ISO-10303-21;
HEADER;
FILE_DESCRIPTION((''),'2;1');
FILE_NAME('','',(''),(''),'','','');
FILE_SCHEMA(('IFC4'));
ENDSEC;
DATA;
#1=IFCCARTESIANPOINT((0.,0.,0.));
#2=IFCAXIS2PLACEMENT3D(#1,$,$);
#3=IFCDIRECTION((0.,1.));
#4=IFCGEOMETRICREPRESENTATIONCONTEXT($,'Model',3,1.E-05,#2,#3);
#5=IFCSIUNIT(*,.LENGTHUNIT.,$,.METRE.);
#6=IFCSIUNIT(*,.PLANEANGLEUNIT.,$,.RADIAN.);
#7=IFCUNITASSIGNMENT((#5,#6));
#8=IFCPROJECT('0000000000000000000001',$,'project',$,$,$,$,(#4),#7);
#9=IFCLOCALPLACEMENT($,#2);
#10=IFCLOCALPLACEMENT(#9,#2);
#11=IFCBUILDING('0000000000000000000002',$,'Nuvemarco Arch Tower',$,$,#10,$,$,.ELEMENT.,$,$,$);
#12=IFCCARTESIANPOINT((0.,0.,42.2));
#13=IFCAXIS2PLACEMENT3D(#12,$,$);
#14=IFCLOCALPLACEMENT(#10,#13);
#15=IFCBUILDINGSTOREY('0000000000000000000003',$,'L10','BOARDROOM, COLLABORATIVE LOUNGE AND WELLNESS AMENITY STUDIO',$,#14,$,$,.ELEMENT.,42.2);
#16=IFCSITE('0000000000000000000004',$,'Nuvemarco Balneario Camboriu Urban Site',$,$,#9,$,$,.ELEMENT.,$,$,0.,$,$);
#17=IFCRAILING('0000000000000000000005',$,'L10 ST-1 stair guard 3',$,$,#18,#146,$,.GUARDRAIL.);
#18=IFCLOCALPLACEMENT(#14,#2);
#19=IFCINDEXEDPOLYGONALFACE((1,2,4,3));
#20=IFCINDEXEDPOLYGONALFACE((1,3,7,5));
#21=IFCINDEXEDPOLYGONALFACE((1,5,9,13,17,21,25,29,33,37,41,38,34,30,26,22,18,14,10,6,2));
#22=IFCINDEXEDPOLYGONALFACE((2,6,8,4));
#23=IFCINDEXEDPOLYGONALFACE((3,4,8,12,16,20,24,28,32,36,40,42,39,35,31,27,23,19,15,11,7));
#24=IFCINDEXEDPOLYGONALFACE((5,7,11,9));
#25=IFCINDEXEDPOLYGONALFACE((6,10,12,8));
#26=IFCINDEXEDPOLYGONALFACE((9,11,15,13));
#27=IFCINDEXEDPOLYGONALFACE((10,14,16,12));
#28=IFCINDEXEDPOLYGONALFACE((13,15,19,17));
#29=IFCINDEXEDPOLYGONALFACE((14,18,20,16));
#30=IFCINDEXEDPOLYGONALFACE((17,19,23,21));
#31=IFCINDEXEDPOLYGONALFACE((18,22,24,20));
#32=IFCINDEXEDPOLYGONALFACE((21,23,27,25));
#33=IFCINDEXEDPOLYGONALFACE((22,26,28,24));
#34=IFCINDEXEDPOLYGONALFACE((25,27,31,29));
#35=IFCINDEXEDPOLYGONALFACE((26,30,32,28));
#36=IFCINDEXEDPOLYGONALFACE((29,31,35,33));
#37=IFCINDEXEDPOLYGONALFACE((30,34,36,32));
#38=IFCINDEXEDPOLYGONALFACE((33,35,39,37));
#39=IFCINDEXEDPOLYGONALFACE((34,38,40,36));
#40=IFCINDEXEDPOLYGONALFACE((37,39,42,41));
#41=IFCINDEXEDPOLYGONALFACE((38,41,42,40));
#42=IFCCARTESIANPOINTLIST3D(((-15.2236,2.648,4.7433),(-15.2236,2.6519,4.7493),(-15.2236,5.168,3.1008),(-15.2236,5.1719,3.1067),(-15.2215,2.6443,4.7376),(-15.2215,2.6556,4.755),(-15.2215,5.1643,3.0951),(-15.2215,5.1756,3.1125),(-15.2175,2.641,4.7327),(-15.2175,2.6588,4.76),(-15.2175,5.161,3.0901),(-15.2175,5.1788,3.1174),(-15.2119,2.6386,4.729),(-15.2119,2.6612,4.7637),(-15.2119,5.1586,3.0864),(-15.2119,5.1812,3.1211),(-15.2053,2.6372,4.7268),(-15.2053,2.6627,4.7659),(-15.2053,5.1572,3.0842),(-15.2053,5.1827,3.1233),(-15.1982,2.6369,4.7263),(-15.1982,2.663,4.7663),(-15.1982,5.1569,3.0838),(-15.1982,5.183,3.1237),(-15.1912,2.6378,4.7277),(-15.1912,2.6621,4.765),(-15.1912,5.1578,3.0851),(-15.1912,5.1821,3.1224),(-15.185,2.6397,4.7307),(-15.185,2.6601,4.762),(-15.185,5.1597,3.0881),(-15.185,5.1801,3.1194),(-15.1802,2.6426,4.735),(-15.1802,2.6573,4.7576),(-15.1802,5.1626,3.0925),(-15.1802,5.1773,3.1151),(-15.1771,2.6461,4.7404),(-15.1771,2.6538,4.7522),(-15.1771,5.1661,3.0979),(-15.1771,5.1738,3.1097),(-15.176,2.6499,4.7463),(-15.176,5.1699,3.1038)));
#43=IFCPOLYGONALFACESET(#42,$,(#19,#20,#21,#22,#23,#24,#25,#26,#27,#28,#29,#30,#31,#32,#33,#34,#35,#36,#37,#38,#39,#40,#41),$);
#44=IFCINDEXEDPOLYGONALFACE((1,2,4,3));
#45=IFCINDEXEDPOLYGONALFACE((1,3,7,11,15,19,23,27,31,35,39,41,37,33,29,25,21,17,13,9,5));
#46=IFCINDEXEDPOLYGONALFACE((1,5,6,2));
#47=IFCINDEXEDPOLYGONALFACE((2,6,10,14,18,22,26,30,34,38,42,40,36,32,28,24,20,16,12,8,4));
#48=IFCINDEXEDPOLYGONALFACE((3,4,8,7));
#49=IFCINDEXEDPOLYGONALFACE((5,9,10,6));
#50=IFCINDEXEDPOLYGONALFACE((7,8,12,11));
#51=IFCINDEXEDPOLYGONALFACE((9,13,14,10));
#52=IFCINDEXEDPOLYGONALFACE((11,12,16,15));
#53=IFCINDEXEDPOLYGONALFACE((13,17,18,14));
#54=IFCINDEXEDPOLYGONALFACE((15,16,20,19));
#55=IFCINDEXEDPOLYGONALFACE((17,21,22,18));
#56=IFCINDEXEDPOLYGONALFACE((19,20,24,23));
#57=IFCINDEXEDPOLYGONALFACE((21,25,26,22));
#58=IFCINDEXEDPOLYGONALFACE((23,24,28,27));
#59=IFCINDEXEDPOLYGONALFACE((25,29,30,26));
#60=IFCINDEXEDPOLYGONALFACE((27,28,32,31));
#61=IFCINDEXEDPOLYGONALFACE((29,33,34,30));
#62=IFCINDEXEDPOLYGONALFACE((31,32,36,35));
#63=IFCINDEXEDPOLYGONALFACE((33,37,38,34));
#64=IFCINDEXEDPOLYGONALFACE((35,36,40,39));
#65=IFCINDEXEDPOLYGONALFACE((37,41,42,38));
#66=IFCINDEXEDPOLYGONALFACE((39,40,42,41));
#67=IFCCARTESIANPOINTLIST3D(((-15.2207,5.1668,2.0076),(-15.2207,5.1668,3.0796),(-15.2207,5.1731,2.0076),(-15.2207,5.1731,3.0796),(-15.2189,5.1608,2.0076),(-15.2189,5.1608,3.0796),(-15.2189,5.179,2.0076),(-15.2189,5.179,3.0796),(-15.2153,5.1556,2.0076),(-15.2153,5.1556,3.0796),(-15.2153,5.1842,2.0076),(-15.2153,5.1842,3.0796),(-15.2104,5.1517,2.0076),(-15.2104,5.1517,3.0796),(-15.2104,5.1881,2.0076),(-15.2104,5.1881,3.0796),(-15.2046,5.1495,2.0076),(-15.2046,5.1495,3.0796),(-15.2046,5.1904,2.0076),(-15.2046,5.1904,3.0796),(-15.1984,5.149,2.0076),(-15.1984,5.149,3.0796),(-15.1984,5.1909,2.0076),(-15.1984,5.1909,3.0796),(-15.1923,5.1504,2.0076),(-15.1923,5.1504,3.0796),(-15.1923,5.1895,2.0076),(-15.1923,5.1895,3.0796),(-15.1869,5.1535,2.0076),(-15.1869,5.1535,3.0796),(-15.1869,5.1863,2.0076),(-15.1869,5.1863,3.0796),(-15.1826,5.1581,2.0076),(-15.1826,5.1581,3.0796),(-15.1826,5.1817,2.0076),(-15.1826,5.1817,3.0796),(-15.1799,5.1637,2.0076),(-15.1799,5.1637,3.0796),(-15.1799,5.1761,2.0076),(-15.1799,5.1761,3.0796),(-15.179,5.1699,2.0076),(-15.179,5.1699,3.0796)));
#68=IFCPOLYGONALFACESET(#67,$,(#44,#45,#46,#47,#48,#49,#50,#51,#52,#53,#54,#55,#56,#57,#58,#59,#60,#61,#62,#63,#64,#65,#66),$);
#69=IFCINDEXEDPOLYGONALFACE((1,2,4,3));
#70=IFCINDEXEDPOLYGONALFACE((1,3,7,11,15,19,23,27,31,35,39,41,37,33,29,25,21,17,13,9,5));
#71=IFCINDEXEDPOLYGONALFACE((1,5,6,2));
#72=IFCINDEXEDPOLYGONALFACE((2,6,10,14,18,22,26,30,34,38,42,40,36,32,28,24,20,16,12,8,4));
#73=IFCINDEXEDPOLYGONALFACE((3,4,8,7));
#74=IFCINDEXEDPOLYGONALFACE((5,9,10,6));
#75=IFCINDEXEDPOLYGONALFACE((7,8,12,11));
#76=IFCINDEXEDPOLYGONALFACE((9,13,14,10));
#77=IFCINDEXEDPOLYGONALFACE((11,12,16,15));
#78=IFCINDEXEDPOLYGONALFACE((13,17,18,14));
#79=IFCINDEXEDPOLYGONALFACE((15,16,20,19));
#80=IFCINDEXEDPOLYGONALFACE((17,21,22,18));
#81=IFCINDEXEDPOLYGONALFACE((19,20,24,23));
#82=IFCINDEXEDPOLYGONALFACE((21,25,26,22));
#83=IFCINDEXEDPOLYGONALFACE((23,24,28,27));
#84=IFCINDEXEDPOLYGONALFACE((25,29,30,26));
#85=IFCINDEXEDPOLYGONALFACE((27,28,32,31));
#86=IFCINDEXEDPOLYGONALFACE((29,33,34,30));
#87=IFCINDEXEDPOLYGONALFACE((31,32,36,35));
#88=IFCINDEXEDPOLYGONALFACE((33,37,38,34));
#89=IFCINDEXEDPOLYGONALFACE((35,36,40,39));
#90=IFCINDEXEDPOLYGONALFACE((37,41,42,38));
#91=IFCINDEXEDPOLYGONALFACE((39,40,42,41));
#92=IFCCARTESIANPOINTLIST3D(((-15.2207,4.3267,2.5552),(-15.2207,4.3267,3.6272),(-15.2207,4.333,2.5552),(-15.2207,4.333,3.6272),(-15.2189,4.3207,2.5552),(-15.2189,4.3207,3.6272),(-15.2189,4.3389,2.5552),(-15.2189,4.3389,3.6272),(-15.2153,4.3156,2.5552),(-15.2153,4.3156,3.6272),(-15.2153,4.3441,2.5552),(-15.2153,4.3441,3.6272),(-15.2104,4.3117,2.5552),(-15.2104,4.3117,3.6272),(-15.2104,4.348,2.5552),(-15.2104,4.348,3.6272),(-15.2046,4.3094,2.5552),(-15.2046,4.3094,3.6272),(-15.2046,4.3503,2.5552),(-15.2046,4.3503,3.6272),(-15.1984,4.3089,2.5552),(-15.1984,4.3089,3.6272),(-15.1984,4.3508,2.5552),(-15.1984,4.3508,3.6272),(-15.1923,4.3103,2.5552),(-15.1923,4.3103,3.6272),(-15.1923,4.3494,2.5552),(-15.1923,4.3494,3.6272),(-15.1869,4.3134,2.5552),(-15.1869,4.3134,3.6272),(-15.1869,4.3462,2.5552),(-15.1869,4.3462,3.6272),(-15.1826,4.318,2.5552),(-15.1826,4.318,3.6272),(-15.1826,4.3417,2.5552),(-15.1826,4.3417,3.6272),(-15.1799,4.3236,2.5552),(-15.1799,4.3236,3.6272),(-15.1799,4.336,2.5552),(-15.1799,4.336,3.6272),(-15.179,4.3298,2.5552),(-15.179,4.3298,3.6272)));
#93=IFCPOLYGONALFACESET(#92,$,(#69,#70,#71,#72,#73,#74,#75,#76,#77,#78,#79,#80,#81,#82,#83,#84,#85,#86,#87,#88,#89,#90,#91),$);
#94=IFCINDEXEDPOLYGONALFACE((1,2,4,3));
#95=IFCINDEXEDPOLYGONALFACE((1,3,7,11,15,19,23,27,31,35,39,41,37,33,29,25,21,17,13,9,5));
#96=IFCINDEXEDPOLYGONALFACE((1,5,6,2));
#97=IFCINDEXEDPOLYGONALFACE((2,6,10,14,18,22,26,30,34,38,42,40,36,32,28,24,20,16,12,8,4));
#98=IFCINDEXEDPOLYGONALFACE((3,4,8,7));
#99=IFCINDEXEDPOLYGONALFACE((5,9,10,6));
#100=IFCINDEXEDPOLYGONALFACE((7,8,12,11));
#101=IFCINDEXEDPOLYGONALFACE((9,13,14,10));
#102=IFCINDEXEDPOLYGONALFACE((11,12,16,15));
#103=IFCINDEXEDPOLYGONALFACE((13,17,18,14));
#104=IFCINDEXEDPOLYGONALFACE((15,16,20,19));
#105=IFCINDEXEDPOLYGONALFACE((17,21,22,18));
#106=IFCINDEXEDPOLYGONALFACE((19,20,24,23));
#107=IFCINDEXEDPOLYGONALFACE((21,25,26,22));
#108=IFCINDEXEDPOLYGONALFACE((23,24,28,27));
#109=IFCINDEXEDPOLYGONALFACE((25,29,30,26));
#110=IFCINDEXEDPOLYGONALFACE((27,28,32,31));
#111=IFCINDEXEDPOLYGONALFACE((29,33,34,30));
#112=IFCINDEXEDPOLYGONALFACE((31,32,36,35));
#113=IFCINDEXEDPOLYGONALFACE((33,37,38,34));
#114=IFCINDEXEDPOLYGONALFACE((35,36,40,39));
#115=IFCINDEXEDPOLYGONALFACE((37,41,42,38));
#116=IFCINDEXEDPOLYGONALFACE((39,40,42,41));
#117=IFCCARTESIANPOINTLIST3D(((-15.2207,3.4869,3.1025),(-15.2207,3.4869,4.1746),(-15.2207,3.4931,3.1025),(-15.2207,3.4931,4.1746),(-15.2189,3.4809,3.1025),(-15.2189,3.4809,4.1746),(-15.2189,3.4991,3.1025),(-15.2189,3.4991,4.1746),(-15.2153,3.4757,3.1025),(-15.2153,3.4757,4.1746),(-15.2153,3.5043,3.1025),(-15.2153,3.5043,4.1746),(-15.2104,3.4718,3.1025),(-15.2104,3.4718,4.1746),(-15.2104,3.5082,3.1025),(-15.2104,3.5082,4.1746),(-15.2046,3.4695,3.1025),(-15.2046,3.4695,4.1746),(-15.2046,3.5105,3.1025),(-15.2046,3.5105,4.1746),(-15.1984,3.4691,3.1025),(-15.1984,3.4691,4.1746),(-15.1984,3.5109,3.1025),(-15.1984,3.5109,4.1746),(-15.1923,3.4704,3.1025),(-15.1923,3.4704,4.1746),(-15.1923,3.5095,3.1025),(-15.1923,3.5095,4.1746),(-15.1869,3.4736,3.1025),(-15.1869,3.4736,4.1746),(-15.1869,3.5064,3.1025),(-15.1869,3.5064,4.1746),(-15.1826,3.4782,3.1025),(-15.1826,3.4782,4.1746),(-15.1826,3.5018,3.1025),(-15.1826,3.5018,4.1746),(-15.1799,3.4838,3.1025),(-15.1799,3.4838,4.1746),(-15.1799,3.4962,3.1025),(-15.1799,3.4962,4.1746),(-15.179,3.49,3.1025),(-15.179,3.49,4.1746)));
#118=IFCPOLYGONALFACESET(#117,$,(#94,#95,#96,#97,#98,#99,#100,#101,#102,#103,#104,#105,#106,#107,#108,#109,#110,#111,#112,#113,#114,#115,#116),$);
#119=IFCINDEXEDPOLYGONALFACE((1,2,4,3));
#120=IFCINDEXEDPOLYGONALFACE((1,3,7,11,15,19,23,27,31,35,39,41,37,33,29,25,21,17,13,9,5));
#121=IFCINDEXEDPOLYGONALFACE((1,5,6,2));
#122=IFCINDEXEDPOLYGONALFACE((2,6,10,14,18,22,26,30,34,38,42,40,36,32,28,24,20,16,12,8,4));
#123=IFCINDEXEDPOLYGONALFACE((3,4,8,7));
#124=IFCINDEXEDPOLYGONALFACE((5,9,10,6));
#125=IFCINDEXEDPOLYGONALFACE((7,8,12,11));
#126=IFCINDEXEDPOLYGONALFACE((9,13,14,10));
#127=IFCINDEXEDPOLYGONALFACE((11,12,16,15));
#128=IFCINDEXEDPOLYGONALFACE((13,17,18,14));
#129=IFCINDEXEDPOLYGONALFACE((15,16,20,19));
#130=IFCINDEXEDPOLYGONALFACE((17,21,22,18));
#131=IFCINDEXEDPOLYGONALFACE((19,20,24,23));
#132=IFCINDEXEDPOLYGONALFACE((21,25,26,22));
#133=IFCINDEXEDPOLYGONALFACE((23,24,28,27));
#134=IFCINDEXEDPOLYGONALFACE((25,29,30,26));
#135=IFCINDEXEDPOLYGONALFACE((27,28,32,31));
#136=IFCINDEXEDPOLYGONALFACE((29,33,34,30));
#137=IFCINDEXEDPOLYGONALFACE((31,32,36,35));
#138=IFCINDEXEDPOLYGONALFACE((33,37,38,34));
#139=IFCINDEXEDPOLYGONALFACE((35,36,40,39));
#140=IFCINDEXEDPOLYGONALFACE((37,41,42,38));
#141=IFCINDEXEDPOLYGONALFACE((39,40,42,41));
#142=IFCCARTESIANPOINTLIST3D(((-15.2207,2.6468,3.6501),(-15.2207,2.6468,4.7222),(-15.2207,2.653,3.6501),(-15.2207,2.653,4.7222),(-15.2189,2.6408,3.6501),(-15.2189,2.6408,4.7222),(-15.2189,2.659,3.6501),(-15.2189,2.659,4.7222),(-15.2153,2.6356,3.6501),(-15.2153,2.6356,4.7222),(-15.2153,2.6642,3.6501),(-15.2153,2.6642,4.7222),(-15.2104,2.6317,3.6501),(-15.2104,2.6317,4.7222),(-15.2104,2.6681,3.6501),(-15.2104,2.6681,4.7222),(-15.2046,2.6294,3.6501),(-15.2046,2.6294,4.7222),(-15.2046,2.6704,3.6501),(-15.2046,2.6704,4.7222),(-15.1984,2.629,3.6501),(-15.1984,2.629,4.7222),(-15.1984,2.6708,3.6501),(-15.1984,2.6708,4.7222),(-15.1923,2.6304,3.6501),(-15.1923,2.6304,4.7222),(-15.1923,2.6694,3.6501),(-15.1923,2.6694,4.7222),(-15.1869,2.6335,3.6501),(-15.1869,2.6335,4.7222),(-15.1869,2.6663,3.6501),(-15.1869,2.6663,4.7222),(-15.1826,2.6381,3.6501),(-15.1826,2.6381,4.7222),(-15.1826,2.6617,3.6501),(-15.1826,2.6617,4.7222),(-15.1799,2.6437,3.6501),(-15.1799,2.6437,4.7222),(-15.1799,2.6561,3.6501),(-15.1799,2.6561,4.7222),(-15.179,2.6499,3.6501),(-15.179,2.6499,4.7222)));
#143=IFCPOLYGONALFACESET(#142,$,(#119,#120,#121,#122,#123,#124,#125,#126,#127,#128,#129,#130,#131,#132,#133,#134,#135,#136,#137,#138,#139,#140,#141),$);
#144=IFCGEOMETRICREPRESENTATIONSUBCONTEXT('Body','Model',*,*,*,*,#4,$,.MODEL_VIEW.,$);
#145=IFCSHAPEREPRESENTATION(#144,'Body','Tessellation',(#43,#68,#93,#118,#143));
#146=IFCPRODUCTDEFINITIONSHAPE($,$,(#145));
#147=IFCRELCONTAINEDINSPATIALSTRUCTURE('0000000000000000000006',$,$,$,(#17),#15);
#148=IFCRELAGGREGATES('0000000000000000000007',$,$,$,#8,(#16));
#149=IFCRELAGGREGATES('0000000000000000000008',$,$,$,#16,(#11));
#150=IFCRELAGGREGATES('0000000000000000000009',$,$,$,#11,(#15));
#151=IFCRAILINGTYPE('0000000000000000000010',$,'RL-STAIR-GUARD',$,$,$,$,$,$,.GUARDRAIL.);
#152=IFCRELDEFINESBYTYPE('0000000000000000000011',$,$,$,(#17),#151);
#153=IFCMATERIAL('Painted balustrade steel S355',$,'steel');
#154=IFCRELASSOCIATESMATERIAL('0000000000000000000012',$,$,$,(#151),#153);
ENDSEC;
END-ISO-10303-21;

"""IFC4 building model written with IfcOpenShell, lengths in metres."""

from ifc_helpers import new_model, si_unit, direction, frame, origin, origin_2d, place, context, subcontext, project, spatial, circle, extrude, material, type_object, element, save


model = new_model("IFC4")

# Units and contexts
model_context = context("Model", 3, precision=1e-05, world=origin(), true_north=direction((0.0, 1.0)))
body_context = subcontext(model_context, "Body", "Model", "MODEL_VIEW")
ifc_project = project(units=[si_unit("LENGTHUNIT", "METRE"), si_unit("PLANEANGLEUNIT", "RADIAN")], contexts=[model_context])

# Site, building, storey
site_placement = place(None, origin())
site = spatial("IfcSite", under=ifc_project, at=site_placement, Name="Nuvemarco Balneario Camboriu Urban Site", CompositionType="ELEMENT", RefElevation=0.0)
building_placement = place(site_placement, origin())
building = spatial("IfcBuilding", under=site, at=building_placement, Name="Nuvemarco Arch Tower", CompositionType="ELEMENT")
storey_placement = place(building_placement, frame((0.0, 0.0, 42.2)))
storey = spatial("IfcBuildingStorey", under=building, at=storey_placement, Name="L10", Description="BOARDROOM, COLLABORATIVE LOUNGE AND WELLNESS AMENITY STUDIO", CompositionType="ELEMENT", Elevation=42.2)

# Railing
ifc_material_1 = material(Name="Painted balustrade steel S355", Category="steel")
railing_type_1 = type_object("IfcRailingType", Name="RL-STAIR-GUARD", PredefinedType="GUARDRAIL", material=ifc_material_1)
railing_1_placement = place(storey_placement, frame((-15.2, 5.1699, 2.0076)))
element("IfcRailing", 1, at=railing_1_placement, inside=storey, type_object=railing_type_1, Name="L10 ST-1 stair guard 3", PredefinedType="GUARDRAIL", context=body_context, shape_type="SweptSolid", body=[
    extrude(circle(Radius=0.0239, at=origin_2d()), frame((0.0, 0.0, 1.0962), z_axis=(0.0, -0.837749, 0.546055), x_axis=(1.0, 0.0, 0.0)), (0.0, 0.0, 1.0), 3.0081),
    extrude(circle(Radius=0.021, at=origin_2d()), origin(), (0.0, 0.0, 1.0), 1.072),
    extrude(circle(Radius=0.021, at=origin_2d()), frame((0.0, -0.8401, 0.5476)), (0.0, 0.0, 1.0), 1.072),
    extrude(circle(Radius=0.021, at=origin_2d()), frame((0.0, -1.6799, 1.095)), (0.0, 0.0, 1.0), 1.072),
    extrude(circle(Radius=0.021, at=origin_2d()), frame((0.0, -2.52, 1.6426)), (0.0, 0.0, 1.0), 1.072),
])

save(model, "model.ifc")
